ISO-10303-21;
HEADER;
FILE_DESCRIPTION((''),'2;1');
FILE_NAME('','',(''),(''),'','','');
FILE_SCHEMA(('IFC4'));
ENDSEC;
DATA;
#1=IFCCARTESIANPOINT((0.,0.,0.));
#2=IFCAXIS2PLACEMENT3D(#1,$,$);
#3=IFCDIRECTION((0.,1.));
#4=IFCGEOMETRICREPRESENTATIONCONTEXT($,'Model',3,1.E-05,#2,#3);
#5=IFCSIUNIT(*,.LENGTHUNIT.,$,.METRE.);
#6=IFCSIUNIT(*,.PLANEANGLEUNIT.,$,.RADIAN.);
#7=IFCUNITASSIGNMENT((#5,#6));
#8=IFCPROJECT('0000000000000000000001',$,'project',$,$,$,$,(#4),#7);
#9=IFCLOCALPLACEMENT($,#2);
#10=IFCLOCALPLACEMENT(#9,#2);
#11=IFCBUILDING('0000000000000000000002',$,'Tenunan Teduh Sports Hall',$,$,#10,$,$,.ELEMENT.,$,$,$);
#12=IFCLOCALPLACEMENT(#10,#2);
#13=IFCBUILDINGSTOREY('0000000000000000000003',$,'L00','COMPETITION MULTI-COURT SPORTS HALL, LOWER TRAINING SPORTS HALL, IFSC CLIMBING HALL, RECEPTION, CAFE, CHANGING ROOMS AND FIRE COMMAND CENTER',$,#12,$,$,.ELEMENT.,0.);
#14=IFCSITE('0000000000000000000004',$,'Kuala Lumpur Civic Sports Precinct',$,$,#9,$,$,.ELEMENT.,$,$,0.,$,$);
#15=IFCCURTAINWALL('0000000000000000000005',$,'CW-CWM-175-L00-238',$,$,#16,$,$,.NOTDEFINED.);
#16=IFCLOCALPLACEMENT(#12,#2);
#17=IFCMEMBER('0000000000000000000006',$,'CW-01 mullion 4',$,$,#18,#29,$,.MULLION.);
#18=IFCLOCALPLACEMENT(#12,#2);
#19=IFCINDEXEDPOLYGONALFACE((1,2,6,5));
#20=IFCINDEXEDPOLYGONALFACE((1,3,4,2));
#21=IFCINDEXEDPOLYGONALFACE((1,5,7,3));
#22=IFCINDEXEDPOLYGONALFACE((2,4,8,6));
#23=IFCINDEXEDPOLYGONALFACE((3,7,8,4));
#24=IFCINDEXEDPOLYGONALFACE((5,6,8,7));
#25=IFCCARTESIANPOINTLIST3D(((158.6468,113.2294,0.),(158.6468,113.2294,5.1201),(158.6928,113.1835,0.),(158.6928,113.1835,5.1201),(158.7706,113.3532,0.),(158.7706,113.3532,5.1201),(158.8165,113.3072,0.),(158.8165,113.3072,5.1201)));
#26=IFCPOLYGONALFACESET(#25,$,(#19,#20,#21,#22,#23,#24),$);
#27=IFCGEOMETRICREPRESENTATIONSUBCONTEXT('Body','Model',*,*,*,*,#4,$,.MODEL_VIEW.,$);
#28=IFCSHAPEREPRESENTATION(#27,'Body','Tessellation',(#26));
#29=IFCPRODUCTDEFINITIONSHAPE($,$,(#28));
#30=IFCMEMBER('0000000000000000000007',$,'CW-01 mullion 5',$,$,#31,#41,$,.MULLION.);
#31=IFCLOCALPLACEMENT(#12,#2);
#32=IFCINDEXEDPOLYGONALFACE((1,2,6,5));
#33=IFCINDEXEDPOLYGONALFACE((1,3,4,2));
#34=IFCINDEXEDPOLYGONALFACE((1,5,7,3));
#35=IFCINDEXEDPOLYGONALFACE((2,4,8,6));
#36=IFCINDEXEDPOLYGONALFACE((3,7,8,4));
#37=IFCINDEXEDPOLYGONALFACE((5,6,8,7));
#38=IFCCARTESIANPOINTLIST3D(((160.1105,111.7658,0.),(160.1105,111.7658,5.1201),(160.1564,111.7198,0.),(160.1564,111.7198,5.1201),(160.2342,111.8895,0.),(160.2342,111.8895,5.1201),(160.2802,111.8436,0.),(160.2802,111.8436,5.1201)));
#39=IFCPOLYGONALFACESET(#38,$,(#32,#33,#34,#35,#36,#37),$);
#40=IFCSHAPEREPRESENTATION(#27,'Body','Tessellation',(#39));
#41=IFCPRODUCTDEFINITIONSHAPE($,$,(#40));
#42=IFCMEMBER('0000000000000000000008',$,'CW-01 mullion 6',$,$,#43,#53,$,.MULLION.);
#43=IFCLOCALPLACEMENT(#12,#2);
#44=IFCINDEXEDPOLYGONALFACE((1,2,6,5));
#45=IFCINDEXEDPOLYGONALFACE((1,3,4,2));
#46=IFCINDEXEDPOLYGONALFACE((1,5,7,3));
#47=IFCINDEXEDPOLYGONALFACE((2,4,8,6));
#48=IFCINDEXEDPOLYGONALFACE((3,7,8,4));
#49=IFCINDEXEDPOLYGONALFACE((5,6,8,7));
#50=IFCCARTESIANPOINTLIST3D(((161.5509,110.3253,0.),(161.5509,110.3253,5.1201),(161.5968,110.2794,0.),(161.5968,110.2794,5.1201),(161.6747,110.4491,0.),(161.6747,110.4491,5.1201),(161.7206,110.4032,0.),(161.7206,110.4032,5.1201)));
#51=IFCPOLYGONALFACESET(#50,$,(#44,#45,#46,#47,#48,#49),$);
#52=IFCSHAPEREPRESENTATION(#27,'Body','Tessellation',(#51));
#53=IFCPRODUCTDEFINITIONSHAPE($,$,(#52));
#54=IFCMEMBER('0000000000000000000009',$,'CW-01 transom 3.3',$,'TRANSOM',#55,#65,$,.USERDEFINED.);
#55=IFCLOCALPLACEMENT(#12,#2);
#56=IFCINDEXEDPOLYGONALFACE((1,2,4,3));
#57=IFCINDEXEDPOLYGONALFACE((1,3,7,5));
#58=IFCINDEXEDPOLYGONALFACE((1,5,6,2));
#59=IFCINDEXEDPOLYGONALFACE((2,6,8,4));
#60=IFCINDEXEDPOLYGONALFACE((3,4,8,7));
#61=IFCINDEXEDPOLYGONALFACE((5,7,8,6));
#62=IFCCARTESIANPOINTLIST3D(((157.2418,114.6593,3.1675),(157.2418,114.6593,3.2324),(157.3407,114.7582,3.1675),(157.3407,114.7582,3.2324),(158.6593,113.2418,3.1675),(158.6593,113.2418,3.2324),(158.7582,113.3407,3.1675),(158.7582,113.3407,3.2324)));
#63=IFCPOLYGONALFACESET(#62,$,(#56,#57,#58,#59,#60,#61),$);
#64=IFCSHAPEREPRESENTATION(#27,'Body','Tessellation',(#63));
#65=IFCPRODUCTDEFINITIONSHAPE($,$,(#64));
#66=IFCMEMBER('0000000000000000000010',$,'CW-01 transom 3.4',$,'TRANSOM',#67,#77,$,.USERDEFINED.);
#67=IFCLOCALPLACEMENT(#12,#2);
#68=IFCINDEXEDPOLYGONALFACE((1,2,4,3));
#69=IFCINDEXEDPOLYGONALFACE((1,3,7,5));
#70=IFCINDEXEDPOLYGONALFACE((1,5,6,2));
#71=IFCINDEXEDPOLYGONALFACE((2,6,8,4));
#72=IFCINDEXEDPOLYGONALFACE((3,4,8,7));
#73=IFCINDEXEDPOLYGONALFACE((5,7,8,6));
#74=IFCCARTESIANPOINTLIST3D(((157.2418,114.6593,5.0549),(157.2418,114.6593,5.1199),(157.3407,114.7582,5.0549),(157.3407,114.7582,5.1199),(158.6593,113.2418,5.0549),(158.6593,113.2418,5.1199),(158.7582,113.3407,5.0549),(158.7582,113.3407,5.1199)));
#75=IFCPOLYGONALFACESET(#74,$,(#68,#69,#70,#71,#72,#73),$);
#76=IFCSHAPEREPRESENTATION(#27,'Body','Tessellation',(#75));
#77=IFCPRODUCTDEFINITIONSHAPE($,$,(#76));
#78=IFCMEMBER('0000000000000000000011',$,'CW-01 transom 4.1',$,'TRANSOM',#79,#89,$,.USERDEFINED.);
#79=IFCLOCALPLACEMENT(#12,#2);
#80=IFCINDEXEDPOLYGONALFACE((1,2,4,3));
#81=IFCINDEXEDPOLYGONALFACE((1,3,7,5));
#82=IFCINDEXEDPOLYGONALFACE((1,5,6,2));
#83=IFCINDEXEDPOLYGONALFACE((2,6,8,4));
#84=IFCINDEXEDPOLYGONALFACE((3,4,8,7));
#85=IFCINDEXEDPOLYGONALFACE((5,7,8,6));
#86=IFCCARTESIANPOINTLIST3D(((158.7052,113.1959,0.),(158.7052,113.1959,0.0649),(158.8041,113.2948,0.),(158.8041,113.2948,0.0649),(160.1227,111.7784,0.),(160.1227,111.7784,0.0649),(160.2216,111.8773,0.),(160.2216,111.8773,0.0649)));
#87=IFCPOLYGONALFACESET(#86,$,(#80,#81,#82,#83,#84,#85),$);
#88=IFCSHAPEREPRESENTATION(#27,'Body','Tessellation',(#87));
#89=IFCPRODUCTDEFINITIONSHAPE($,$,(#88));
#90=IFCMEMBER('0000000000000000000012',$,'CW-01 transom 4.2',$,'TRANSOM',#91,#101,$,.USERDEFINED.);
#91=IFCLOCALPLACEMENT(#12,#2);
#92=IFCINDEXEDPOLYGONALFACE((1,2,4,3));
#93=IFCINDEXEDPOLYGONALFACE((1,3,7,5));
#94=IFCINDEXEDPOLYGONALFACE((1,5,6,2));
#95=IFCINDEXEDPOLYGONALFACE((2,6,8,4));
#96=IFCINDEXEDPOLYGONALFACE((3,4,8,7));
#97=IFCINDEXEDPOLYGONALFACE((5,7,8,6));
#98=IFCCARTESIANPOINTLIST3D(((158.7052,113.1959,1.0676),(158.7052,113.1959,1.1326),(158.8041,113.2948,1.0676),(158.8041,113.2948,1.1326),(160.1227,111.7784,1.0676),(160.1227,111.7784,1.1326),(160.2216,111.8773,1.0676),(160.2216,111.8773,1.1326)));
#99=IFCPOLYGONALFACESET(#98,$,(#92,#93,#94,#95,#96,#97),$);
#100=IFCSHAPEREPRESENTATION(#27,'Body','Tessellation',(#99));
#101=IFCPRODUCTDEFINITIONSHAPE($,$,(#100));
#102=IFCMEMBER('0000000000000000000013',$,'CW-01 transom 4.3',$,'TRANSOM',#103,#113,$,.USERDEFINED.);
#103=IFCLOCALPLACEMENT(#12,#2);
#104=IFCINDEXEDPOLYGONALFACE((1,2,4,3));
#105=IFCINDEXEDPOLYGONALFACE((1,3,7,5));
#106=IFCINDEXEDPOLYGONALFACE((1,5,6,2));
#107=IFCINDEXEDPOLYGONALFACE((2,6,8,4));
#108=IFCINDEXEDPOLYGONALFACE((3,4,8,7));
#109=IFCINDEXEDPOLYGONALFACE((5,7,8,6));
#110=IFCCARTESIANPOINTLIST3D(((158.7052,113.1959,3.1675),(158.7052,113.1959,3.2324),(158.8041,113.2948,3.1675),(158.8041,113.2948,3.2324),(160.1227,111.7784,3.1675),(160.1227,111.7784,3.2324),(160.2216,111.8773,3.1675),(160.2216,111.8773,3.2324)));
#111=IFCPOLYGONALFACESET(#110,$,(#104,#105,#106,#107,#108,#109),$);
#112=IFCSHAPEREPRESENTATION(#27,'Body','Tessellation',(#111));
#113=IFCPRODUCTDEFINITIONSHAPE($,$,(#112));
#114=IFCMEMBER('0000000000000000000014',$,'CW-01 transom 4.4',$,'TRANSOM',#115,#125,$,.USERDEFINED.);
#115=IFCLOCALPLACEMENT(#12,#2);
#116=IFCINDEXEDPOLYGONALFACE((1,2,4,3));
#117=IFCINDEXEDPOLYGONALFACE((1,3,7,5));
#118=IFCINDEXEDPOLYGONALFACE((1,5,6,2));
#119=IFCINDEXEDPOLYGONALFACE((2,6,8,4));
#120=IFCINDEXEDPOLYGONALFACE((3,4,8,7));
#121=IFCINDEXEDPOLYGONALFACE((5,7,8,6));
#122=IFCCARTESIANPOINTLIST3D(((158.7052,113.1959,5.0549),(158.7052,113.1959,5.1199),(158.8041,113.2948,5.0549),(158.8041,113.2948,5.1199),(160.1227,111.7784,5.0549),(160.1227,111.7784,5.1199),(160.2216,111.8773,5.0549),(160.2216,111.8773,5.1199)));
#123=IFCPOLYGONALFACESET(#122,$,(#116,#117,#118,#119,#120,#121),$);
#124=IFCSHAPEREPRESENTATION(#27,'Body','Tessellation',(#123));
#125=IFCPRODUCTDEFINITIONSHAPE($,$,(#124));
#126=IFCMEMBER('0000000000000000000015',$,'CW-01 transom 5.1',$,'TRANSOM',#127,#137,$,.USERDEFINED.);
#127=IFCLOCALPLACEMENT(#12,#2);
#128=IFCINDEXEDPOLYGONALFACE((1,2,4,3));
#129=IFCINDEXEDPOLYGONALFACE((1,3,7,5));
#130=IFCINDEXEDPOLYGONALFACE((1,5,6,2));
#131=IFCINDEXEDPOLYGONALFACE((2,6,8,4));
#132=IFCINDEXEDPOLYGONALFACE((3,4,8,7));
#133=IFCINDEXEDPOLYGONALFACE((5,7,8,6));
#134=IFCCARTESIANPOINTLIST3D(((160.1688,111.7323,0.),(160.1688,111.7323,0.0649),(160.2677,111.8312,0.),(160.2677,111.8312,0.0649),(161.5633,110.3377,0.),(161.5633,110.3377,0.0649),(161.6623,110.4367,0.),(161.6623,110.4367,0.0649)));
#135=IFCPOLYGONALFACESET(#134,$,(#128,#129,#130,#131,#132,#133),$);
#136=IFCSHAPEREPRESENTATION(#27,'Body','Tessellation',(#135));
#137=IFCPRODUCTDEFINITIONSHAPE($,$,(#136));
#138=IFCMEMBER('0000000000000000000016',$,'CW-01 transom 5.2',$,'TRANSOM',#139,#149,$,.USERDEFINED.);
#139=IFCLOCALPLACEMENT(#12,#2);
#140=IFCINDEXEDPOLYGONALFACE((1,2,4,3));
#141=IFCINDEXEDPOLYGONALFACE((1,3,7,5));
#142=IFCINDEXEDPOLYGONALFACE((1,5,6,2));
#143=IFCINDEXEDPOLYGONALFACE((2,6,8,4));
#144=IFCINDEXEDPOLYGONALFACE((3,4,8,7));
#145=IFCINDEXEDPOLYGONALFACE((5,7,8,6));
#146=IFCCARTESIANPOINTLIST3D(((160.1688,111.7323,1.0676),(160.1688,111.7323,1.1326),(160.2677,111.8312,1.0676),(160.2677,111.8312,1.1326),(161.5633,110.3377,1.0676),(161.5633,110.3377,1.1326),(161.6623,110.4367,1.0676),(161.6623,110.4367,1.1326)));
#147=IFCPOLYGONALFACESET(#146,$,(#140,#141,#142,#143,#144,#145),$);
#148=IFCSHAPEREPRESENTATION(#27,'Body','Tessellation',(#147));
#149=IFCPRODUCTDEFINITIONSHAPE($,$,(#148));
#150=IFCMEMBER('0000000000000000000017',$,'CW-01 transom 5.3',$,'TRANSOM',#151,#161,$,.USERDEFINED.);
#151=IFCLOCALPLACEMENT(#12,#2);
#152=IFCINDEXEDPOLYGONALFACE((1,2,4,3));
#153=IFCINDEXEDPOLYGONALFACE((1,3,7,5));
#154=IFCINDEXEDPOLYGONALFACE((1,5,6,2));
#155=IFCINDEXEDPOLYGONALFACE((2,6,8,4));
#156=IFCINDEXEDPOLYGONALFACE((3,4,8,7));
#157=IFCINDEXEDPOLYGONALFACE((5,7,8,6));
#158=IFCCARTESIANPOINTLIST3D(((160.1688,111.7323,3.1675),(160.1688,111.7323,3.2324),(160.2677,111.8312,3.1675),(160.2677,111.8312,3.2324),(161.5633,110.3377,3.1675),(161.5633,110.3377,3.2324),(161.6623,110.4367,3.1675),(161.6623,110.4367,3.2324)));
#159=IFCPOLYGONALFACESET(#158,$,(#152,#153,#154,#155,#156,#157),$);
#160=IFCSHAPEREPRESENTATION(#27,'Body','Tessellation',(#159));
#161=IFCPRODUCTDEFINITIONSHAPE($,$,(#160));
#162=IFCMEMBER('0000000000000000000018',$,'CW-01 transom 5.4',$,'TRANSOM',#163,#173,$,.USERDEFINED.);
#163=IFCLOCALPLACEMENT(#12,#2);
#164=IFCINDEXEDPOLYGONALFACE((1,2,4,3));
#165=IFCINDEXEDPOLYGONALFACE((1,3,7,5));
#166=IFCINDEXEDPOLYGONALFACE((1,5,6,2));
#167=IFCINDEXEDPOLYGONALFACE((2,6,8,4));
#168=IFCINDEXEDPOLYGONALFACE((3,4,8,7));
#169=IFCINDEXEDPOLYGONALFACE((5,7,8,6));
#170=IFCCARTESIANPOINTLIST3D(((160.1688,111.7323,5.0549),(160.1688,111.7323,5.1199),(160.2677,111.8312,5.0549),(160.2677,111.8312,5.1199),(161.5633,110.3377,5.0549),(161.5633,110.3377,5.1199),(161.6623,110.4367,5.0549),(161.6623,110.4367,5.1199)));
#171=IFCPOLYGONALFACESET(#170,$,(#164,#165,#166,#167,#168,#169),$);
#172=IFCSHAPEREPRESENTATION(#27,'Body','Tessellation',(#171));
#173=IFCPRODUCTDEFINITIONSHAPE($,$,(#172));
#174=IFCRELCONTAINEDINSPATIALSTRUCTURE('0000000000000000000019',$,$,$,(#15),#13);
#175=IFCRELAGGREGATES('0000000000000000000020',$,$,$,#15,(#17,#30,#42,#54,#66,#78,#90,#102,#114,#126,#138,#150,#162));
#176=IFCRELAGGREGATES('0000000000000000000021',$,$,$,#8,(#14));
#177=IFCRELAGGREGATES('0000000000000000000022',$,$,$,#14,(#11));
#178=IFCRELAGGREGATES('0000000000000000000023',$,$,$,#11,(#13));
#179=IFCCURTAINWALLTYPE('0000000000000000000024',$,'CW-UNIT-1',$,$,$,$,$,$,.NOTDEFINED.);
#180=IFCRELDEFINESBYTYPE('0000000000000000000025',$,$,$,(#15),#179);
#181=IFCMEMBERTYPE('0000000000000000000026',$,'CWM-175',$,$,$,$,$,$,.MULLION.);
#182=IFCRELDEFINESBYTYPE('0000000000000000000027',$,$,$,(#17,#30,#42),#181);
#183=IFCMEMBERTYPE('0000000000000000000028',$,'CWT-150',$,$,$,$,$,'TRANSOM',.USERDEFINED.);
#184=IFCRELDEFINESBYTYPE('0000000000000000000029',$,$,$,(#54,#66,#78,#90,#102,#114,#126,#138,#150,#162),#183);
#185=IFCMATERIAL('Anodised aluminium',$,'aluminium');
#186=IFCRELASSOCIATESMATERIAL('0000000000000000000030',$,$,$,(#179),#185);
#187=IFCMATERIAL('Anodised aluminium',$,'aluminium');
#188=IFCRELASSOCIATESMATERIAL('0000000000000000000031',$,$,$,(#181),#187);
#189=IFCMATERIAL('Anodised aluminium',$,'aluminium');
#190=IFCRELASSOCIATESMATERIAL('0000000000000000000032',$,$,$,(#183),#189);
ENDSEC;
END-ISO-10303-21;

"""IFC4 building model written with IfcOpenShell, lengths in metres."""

from ifc_helpers import new_model, si_unit, direction, frame, origin, origin_2d, place, context, subcontext, project, spatial, rectangle, extrude, material, material_profile, profile_set, type_object, element, aggregate, save


model = new_model("IFC4")

# Units and contexts
model_context = context("Model", 3, precision=1e-05, world=origin(), true_north=direction((0.0, 1.0)))
body_context = subcontext(model_context, "Body", "Model", "MODEL_VIEW")
ifc_project = project(units=[si_unit("LENGTHUNIT", "METRE"), si_unit("PLANEANGLEUNIT", "RADIAN")], contexts=[model_context])

# Site, building, storey
site_placement = place(None, origin())
site = spatial("IfcSite", under=ifc_project, at=site_placement, Name="Kuala Lumpur Civic Sports Precinct", CompositionType="ELEMENT", RefElevation=0.0)
building_placement = place(site_placement, origin())
building = spatial("IfcBuilding", under=site, at=building_placement, Name="Tenunan Teduh Sports Hall", CompositionType="ELEMENT")
storey_placement = place(building_placement, origin())
storey = spatial("IfcBuildingStorey", under=building, at=storey_placement, Name="L00", Description="COMPETITION MULTI-COURT SPORTS HALL, LOWER TRAINING SPORTS HALL, IFSC CLIMBING HALL, RECEPTION, CAFE, CHANGING ROOMS AND FIRE COMMAND CENTER", CompositionType="ELEMENT", Elevation=0.0)

# Curtain wall, members
ifc_material_1 = material(Name="Anodised aluminium", Category="aluminium")
curtain_wall_type = type_object("IfcCurtainWallType", Name="CW-UNIT-1", PredefinedType="NOTDEFINED", material=ifc_material_1)
curtain_wall_placement = place(storey_placement, origin())
curtain_wall = element("IfcCurtainWall", 1, at=curtain_wall_placement, inside=storey, type_object=curtain_wall_type, Name="CW-CWM-175-L00-238", PredefinedType="NOTDEFINED")
ifc_material_2 = material(Name="Anodised aluminium", Category="aluminium")
ifc_material_profile_1 = material_profile(ifc_material_2, rectangle(XDim=0.0649, YDim=0.175, at=origin_2d()), Name="CWM 65x175")
ifc_profile_set_1 = profile_set([ifc_material_profile_1], Name="Anodised aluminium")
member_type_1 = type_object("IfcMemberType", Name="CWM-175", PredefinedType="MULLION", material=ifc_profile_set_1)
member_1_placement = place(storey_placement, frame((158.7317, 113.2683, 0.0), z_axis=(0.0, 0.0, 1.0), x_axis=(-0.707107, 0.707107, 0.0)))
member_1 = element("IfcMember", 2, at=member_1_placement, type_object=member_type_1, Name="CW-01 mullion 4", PredefinedType="MULLION", context=body_context, shape_type="SweptSolid", body=[
    extrude(rectangle(XDim=0.0649, YDim=0.175, at=origin_2d()), origin(), (0.0, 0.0, 1.0), 5.1201),
])
member_2_placement = place(storey_placement, frame((160.1953, 111.8047, 0.0), z_axis=(0.0, 0.0, 1.0), x_axis=(-0.707107, 0.707107, 0.0)))
member_2 = element("IfcMember", 3, at=member_2_placement, type_object=member_type_1, Name="CW-01 mullion 5", PredefinedType="MULLION", context=body_context, shape_type="SweptSolid", body=[
    extrude(rectangle(XDim=0.0649, YDim=0.175, at=origin_2d()), origin(), (0.0, 0.0, 1.0), 5.1201),
])
member_3_placement = place(storey_placement, frame((161.6357, 110.3643, 0.0), z_axis=(0.0, 0.0, 1.0), x_axis=(-0.707107, 0.707107, 0.0)))
member_3 = element("IfcMember", 4, at=member_3_placement, type_object=member_type_1, Name="CW-01 mullion 6", PredefinedType="MULLION", context=body_context, shape_type="SweptSolid", body=[
    extrude(rectangle(XDim=0.0649, YDim=0.175, at=origin_2d()), origin(), (0.0, 0.0, 1.0), 5.1201),
])
ifc_material_3 = material(Name="Anodised aluminium", Category="aluminium")
ifc_material_profile_2 = material_profile(ifc_material_3, rectangle(XDim=0.0649, YDim=0.1399, at=origin_2d()), Name="CWT 65x140")
ifc_profile_set_2 = profile_set([ifc_material_profile_2], Name="Anodised aluminium")
member_type_2 = type_object("IfcMemberType", Name="CWT-150", ElementType="TRANSOM", PredefinedType="USERDEFINED", material=ifc_profile_set_2)
member_4_placement = place(storey_placement, frame((157.2913, 114.7087, 3.2), z_axis=(0.707107, -0.707107, 0.0), x_axis=(0.0, 0.0, 1.0)))
member_4 = element("IfcMember", 5, at=member_4_placement, type_object=member_type_2, Name="CW-01 transom 3.3", ObjectType="TRANSOM", PredefinedType="USERDEFINED", context=body_context, shape_type="SweptSolid", body=[
    extrude(rectangle(XDim=0.0649, YDim=0.1399, at=origin_2d()), origin(), (0.0, 0.0, 1.0), 2.0046),
])
member_5_placement = place(storey_placement, frame((157.2913, 114.7087, 5.0874), z_axis=(0.707107, -0.707107, 0.0), x_axis=(0.0, 0.0, 1.0)))
member_5 = element("IfcMember", 6, at=member_5_placement, type_object=member_type_2, Name="CW-01 transom 3.4", ObjectType="TRANSOM", PredefinedType="USERDEFINED", context=body_context, shape_type="SweptSolid", body=[
    extrude(rectangle(XDim=0.0649, YDim=0.1399, at=origin_2d()), origin(), (0.0, 0.0, 1.0), 2.0046),
])
member_6_placement = place(storey_placement, frame((158.7546, 113.2454, 0.0325), z_axis=(0.707107, -0.707107, 0.0), x_axis=(0.0, 0.0, 1.0)))
member_6 = element("IfcMember", 7, at=member_6_placement, type_object=member_type_2, Name="CW-01 transom 4.1", ObjectType="TRANSOM", PredefinedType="USERDEFINED", context=body_context, shape_type="SweptSolid", body=[
    extrude(rectangle(XDim=0.0649, YDim=0.1399, at=origin_2d()), origin(), (0.0, 0.0, 1.0), 2.0046),
])
member_7_placement = place(storey_placement, frame((158.7546, 113.2454, 1.1001), z_axis=(0.707107, -0.707107, 0.0), x_axis=(0.0, 0.0, 1.0)))
member_7 = element("IfcMember", 8, at=member_7_placement, type_object=member_type_2, Name="CW-01 transom 4.2", ObjectType="TRANSOM", PredefinedType="USERDEFINED", context=body_context, shape_type="SweptSolid", body=[
    extrude(rectangle(XDim=0.0649, YDim=0.1399, at=origin_2d()), origin(), (0.0, 0.0, 1.0), 2.0046),
])
member_8_placement = place(storey_placement, frame((158.7546, 113.2454, 3.2), z_axis=(0.707107, -0.707107, 0.0), x_axis=(0.0, 0.0, 1.0)))
member_8 = element("IfcMember", 9, at=member_8_placement, type_object=member_type_2, Name="CW-01 transom 4.3", ObjectType="TRANSOM", PredefinedType="USERDEFINED", context=body_context, shape_type="SweptSolid", body=[
    extrude(rectangle(XDim=0.0649, YDim=0.1399, at=origin_2d()), origin(), (0.0, 0.0, 1.0), 2.0046),
])
member_9_placement = place(storey_placement, frame((158.7546, 113.2454, 5.0874), z_axis=(0.707107, -0.707107, 0.0), x_axis=(0.0, 0.0, 1.0)))
member_9 = element("IfcMember", 10, at=member_9_placement, type_object=member_type_2, Name="CW-01 transom 4.4", ObjectType="TRANSOM", PredefinedType="USERDEFINED", context=body_context, shape_type="SweptSolid", body=[
    extrude(rectangle(XDim=0.0649, YDim=0.1399, at=origin_2d()), origin(), (0.0, 0.0, 1.0), 2.0046),
])
member_10_placement = place(storey_placement, frame((160.2183, 111.7817, 0.0325), z_axis=(0.707107, -0.707107, 0.0), x_axis=(0.0, 0.0, 1.0)))
member_10 = element("IfcMember", 11, at=member_10_placement, type_object=member_type_2, Name="CW-01 transom 5.1", ObjectType="TRANSOM", PredefinedType="USERDEFINED", context=body_context, shape_type="SweptSolid", body=[
    extrude(rectangle(XDim=0.0649, YDim=0.1399, at=origin_2d()), origin(), (0.0, 0.0, 1.0), 1.9722),
])
member_11_placement = place(storey_placement, frame((160.2183, 111.7817, 1.1001), z_axis=(0.707107, -0.707107, 0.0), x_axis=(0.0, 0.0, 1.0)))
member_11 = element("IfcMember", 12, at=member_11_placement, type_object=member_type_2, Name="CW-01 transom 5.2", ObjectType="TRANSOM", PredefinedType="USERDEFINED", context=body_context, shape_type="SweptSolid", body=[
    extrude(rectangle(XDim=0.0649, YDim=0.1399, at=origin_2d()), origin(), (0.0, 0.0, 1.0), 1.9722),
])
member_12_placement = place(storey_placement, frame((160.2183, 111.7817, 3.2), z_axis=(0.707107, -0.707107, 0.0), x_axis=(0.0, 0.0, 1.0)))
member_12 = element("IfcMember", 13, at=member_12_placement, type_object=member_type_2, Name="CW-01 transom 5.3", ObjectType="TRANSOM", PredefinedType="USERDEFINED", context=body_context, shape_type="SweptSolid", body=[
    extrude(rectangle(XDim=0.0649, YDim=0.1399, at=origin_2d()), origin(), (0.0, 0.0, 1.0), 1.9722),
])
member_13_placement = place(storey_placement, frame((160.2183, 111.7817, 5.0874), z_axis=(0.707107, -0.707107, 0.0), x_axis=(0.0, 0.0, 1.0)))
member_13 = element("IfcMember", 14, at=member_13_placement, type_object=member_type_2, Name="CW-01 transom 5.4", ObjectType="TRANSOM", PredefinedType="USERDEFINED", context=body_context, shape_type="SweptSolid", body=[
    extrude(rectangle(XDim=0.0649, YDim=0.1399, at=origin_2d()), origin(), (0.0, 0.0, 1.0), 1.9722),
])

aggregate(curtain_wall, [member_1, member_2, member_3, member_4, member_5, member_6, member_7, member_8, member_9, member_10, member_11, member_12, member_13])

save(model, "model.ifc")
